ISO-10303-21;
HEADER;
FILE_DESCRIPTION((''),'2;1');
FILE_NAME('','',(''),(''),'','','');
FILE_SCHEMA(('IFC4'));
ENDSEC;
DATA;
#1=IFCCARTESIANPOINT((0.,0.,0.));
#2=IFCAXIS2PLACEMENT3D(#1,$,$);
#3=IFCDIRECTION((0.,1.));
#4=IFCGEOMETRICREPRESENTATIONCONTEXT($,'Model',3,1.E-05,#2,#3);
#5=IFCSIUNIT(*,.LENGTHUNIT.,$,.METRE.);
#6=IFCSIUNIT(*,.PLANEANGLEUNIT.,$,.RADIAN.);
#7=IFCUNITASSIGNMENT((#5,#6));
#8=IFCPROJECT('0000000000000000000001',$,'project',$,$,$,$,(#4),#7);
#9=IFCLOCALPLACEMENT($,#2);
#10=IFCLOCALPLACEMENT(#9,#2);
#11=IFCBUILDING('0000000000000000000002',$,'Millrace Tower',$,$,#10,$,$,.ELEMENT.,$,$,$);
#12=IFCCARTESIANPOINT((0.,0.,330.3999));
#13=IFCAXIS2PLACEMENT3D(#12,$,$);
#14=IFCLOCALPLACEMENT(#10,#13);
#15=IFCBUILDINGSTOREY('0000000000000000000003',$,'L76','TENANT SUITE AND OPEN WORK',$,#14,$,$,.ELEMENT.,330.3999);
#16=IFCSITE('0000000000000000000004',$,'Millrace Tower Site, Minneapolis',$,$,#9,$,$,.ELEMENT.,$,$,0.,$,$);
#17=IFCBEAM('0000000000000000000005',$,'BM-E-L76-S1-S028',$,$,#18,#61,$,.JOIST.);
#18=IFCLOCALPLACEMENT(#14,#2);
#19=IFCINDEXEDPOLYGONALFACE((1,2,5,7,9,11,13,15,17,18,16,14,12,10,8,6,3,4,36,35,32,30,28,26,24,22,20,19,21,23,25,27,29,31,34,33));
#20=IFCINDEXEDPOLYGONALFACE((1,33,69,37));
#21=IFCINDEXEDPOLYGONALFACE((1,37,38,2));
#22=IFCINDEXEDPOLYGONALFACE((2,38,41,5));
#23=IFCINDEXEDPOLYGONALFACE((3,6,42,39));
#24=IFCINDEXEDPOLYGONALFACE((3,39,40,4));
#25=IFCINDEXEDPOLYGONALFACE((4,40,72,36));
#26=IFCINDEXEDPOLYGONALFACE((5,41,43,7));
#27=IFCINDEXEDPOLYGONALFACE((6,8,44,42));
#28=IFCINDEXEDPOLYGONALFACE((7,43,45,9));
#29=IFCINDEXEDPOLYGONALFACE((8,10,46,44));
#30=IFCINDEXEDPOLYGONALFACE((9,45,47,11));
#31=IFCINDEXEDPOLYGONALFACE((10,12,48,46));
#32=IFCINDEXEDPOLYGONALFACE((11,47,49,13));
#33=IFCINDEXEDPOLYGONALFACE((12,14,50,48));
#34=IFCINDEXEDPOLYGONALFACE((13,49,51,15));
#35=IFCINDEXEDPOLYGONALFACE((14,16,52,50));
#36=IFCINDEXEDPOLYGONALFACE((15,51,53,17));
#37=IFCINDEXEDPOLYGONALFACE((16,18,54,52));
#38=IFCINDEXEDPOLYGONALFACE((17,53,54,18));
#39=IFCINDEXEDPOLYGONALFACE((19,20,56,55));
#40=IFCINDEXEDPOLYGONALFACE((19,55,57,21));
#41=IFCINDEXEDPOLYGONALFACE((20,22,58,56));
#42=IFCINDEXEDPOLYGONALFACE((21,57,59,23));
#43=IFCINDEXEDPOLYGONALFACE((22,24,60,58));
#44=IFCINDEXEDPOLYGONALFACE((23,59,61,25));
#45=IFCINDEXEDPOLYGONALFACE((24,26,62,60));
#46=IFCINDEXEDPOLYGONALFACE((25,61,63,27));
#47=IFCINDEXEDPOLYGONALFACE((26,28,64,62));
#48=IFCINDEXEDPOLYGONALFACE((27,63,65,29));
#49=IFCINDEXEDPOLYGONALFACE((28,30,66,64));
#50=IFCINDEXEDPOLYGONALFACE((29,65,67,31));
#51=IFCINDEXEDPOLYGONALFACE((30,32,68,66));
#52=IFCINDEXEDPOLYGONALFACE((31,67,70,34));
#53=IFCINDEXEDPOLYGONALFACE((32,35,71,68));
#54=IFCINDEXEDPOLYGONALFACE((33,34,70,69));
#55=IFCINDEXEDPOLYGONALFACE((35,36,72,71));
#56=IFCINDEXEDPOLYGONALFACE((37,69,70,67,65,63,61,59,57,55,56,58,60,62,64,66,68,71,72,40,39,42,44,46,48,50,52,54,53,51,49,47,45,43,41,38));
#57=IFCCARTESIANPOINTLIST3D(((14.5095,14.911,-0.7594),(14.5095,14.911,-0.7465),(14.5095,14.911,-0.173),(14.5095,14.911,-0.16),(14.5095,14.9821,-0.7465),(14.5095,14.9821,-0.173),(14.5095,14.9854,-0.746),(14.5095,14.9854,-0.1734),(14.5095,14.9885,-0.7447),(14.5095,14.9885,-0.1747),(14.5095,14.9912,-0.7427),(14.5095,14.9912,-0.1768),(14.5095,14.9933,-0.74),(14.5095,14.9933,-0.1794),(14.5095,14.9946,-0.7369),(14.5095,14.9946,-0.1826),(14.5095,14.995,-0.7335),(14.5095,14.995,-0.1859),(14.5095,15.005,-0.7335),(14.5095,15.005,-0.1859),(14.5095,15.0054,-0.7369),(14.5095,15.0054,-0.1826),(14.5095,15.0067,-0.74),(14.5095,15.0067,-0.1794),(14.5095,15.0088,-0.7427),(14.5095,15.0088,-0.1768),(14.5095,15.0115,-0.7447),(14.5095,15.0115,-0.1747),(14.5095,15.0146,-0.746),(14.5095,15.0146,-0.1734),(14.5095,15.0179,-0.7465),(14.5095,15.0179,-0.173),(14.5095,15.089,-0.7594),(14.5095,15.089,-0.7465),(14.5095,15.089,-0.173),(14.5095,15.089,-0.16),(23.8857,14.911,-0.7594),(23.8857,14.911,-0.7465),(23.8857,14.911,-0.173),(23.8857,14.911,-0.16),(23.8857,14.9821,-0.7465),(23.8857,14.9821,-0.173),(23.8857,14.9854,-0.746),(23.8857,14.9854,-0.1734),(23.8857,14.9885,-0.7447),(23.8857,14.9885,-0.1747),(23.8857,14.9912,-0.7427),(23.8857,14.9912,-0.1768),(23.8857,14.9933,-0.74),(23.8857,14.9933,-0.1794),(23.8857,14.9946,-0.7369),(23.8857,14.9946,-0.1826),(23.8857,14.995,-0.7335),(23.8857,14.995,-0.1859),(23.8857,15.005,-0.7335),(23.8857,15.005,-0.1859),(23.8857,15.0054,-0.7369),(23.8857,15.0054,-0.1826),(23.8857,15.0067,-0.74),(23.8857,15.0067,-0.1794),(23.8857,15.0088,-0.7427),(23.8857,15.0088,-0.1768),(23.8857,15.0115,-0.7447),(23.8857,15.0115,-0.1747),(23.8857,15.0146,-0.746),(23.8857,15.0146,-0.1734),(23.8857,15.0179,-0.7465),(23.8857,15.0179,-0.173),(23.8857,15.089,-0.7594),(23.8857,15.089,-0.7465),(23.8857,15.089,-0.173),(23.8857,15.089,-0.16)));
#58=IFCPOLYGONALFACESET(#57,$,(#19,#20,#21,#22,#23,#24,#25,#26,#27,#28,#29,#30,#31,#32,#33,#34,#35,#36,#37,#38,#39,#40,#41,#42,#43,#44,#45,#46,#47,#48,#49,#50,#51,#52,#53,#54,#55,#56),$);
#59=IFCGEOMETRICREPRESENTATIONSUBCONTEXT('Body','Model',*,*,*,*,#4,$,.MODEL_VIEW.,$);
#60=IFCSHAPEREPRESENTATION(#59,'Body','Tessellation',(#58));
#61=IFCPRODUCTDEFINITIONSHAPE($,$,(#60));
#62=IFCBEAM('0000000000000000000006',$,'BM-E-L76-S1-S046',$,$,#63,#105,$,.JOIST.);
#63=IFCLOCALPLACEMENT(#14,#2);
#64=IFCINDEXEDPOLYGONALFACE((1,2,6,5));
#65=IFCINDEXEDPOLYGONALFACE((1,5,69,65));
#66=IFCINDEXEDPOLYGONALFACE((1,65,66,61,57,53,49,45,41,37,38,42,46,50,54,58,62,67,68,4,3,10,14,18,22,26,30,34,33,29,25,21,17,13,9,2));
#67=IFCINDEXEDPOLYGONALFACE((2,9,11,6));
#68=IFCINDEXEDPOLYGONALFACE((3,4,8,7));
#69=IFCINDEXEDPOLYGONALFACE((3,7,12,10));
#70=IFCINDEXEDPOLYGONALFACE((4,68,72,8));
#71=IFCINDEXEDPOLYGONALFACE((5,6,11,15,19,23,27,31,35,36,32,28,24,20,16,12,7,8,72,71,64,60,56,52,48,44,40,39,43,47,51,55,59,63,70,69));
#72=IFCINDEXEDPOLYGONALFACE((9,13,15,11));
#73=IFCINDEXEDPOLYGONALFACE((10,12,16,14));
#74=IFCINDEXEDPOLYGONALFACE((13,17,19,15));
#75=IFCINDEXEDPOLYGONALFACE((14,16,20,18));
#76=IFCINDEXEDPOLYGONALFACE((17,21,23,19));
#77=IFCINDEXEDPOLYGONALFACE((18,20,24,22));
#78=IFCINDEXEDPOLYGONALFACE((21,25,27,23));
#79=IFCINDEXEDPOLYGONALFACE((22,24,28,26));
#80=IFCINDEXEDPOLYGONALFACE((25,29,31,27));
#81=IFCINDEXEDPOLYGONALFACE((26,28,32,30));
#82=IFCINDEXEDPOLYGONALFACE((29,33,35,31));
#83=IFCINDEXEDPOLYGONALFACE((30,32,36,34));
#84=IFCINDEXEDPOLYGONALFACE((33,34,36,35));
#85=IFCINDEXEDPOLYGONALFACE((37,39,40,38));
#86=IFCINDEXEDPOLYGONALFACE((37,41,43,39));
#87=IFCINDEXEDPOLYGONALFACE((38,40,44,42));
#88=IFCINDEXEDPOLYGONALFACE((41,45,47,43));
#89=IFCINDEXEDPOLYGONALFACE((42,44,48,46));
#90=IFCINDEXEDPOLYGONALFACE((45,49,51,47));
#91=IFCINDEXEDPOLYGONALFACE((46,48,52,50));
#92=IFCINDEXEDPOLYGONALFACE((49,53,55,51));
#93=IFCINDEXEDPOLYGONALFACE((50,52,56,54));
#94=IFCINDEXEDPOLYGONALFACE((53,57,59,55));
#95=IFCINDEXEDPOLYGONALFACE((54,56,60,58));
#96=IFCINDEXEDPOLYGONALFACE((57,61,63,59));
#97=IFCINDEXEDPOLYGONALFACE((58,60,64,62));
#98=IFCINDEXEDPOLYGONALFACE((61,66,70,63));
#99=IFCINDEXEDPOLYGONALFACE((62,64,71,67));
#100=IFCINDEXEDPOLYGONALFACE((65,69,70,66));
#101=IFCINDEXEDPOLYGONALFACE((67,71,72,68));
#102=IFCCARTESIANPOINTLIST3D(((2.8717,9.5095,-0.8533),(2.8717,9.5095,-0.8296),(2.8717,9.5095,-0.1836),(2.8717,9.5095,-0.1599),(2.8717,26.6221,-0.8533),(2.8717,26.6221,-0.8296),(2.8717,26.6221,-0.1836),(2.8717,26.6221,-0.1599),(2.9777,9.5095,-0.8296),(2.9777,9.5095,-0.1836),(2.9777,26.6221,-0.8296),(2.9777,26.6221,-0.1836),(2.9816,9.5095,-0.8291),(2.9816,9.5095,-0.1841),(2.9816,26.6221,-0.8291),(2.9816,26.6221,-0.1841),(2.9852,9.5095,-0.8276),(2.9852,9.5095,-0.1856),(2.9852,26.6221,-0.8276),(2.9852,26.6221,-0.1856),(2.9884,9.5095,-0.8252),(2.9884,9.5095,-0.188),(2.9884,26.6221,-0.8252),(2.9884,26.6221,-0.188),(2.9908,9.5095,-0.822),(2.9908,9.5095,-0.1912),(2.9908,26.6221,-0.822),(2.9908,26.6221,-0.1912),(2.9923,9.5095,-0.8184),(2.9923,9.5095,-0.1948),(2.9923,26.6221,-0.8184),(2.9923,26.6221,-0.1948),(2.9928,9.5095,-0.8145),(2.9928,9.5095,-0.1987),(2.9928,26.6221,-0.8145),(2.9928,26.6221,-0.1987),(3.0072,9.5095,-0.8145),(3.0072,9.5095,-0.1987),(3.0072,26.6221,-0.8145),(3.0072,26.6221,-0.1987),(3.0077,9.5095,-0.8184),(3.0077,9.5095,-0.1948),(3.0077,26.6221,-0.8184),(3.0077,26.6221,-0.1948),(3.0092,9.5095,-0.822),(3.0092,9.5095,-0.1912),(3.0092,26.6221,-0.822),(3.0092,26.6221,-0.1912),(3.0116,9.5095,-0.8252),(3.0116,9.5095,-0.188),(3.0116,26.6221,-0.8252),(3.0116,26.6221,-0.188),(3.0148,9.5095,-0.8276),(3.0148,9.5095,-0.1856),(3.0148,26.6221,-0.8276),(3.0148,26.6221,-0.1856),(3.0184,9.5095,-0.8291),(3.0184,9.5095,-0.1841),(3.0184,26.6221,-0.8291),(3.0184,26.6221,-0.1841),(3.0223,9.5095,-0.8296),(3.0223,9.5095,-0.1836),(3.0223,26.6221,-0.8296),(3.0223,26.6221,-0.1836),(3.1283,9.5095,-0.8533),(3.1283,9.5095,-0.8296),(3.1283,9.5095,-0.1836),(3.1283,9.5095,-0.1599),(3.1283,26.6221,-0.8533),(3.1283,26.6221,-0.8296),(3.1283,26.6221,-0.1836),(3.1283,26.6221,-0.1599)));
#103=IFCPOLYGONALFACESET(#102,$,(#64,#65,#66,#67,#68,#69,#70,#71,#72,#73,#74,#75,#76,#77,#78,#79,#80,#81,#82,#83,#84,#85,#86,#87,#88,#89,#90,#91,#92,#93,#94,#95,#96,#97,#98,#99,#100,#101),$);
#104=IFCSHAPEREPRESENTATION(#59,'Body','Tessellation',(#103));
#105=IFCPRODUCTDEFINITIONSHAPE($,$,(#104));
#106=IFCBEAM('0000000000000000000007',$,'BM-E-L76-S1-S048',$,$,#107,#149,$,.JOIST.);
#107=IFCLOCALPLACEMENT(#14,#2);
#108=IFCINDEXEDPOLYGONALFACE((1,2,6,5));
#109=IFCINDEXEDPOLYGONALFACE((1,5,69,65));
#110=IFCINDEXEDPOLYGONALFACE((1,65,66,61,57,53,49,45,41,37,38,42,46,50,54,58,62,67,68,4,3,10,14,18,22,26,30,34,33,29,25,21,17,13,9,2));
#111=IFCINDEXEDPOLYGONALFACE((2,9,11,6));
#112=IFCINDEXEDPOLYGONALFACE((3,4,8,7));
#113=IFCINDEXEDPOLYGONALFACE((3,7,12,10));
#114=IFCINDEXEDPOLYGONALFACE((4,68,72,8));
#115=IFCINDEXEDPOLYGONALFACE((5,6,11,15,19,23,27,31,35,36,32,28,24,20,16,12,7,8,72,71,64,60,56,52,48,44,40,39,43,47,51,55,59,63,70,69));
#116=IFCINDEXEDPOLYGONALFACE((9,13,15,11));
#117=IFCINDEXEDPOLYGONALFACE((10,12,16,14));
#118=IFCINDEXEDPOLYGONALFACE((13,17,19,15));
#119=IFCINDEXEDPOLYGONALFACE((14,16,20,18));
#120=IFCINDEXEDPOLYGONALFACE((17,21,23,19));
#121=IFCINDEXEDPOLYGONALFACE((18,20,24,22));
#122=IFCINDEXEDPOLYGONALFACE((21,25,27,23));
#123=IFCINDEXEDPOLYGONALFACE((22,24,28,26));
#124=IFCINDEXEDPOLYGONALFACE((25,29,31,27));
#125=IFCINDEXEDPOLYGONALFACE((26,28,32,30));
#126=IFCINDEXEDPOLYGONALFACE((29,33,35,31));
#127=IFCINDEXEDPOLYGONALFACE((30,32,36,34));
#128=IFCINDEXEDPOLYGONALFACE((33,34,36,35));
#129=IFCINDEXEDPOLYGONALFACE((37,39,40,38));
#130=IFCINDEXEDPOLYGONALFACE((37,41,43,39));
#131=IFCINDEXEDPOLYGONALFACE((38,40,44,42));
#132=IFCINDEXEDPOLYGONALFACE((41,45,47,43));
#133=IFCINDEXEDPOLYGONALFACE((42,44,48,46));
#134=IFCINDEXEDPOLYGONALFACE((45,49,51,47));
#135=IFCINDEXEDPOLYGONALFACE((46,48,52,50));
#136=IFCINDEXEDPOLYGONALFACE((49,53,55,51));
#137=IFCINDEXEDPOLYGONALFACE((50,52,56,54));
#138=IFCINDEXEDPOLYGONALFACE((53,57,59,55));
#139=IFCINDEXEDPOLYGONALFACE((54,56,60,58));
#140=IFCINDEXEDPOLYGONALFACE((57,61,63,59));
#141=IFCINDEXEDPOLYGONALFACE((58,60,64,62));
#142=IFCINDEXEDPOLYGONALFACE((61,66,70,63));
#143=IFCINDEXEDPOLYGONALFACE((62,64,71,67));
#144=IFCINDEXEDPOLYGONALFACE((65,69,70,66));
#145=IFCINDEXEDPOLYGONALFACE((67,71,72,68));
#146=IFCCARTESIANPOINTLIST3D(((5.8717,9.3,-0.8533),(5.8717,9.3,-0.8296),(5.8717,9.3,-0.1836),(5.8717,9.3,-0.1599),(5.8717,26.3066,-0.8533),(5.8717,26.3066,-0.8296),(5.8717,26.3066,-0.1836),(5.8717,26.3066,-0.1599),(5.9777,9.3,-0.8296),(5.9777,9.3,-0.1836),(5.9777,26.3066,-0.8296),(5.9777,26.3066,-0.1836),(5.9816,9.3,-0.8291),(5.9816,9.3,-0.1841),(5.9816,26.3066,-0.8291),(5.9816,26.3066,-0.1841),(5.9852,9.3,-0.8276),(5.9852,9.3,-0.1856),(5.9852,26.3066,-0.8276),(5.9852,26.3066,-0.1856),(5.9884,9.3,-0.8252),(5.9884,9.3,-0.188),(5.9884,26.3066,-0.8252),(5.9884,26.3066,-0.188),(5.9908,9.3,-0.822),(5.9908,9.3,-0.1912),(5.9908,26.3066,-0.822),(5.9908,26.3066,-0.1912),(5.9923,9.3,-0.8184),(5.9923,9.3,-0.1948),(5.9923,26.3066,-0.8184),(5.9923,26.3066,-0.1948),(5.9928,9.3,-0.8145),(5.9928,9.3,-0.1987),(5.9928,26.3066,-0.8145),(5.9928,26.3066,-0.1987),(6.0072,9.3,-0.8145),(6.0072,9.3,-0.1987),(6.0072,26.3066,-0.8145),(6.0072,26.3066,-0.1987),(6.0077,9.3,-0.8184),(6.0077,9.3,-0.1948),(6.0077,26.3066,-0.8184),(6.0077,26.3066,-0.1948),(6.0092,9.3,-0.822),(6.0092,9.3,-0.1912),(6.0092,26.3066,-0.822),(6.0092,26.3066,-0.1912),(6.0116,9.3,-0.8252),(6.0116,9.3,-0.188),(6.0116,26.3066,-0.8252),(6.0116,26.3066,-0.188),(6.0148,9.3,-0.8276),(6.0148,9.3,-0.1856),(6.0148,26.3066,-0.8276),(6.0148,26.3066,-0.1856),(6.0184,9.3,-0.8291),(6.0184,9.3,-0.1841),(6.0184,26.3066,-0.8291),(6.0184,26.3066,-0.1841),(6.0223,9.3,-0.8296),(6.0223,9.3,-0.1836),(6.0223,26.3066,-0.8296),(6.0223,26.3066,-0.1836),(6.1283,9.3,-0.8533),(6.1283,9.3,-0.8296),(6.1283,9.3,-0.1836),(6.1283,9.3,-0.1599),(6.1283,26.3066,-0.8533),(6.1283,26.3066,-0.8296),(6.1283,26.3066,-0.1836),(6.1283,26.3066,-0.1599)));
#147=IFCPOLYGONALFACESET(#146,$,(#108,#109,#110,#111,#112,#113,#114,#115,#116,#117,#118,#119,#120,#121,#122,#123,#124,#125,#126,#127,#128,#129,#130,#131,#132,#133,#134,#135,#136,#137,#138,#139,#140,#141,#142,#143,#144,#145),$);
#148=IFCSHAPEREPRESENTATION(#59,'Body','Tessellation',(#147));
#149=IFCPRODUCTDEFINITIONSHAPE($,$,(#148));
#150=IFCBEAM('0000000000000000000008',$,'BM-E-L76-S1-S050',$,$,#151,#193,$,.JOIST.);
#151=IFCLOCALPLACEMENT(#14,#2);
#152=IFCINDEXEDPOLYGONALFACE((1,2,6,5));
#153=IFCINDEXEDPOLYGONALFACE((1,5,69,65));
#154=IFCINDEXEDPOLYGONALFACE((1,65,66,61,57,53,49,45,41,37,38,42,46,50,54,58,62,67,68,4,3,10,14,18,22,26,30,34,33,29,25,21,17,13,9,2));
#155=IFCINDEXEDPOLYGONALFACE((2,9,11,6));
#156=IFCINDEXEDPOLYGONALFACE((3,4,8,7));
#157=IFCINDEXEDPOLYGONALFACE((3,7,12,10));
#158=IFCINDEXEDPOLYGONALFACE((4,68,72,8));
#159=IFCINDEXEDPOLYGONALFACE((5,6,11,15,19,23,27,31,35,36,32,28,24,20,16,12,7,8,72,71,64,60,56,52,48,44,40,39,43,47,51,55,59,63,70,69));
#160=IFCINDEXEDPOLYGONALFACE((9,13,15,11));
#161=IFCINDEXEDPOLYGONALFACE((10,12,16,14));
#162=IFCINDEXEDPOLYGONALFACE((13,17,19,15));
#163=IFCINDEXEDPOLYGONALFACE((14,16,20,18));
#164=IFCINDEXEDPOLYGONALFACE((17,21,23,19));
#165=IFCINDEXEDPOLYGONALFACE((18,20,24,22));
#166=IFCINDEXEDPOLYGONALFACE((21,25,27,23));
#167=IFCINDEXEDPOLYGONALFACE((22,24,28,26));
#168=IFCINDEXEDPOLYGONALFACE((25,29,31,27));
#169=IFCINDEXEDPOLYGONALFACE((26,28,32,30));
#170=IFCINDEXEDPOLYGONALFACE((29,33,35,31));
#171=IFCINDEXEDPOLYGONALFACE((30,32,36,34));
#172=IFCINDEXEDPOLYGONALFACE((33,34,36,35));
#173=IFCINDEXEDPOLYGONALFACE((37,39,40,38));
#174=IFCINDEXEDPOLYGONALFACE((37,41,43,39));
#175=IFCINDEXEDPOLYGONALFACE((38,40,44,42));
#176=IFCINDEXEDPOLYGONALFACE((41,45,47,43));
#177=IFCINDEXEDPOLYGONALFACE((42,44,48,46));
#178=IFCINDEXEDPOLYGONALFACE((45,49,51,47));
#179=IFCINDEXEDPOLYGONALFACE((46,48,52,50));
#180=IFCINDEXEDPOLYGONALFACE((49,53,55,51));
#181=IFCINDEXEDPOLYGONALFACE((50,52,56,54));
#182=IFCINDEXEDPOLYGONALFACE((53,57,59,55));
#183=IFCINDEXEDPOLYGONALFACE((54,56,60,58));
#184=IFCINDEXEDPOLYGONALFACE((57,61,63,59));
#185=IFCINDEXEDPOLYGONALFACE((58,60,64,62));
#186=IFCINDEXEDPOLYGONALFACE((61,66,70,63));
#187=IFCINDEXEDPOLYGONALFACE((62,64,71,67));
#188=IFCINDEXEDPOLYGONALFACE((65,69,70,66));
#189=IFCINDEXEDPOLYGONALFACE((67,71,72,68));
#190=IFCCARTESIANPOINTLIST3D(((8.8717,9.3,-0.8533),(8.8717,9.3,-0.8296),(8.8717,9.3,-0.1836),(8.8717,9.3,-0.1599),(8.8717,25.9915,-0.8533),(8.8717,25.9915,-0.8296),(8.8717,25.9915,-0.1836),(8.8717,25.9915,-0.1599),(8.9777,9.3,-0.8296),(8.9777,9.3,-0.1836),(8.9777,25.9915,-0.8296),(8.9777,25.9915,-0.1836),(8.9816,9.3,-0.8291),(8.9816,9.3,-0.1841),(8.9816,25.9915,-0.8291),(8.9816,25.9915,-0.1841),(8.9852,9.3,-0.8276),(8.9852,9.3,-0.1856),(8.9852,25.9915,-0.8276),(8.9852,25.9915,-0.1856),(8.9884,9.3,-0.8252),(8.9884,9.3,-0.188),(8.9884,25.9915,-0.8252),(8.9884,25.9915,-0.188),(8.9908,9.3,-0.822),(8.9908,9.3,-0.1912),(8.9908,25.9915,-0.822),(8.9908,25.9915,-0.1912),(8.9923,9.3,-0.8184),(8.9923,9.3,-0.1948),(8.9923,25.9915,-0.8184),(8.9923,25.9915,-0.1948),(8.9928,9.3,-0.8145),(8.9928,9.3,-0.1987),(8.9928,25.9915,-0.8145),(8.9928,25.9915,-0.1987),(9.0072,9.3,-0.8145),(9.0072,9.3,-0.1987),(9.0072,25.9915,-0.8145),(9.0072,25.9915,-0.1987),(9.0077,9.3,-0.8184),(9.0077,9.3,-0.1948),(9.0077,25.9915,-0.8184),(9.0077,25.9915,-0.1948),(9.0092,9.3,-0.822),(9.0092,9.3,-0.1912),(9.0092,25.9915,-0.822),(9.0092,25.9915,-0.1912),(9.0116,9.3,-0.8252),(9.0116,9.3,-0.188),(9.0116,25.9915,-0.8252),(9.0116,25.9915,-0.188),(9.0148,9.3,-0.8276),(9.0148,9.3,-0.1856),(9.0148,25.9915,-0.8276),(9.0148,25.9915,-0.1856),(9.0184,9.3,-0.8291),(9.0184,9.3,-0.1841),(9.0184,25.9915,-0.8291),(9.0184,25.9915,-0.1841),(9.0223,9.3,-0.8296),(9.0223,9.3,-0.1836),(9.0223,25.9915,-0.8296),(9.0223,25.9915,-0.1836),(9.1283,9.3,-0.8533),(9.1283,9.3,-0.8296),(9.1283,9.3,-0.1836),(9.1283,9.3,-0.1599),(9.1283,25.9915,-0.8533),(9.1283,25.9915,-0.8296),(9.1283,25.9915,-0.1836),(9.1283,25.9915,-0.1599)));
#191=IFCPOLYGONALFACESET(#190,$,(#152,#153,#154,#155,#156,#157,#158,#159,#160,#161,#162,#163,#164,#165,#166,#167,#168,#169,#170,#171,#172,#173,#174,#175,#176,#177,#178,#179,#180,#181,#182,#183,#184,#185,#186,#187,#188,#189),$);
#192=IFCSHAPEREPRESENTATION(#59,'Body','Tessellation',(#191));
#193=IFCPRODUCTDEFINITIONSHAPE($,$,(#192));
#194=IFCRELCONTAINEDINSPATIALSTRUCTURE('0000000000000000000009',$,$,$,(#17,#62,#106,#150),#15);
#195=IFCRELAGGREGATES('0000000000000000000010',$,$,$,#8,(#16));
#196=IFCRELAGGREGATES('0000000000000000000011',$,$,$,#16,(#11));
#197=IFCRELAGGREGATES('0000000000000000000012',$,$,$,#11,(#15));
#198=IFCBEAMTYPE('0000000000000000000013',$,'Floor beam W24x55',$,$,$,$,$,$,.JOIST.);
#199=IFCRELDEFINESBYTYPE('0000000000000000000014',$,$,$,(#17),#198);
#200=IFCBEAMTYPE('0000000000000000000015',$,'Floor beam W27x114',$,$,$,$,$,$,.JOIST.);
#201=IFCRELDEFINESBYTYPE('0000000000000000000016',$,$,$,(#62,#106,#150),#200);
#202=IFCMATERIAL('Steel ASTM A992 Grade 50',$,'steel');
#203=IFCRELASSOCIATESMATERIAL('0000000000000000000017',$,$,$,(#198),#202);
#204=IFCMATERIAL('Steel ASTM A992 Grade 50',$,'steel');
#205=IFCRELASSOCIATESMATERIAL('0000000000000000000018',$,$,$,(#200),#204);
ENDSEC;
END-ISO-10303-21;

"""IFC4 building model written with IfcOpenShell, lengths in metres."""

from ifc_helpers import new_model, si_unit, direction, frame, origin, origin_2d, place, context, subcontext, project, spatial, i_section, extrude, material, material_profile, profile_set, type_object, element, save


model = new_model("IFC4")

# Units and contexts
model_context = context("Model", 3, precision=1e-05, world=origin(), true_north=direction((0.0, 1.0)))
body_context = subcontext(model_context, "Body", "Model", "MODEL_VIEW")
ifc_project = project(units=[si_unit("LENGTHUNIT", "METRE"), si_unit("PLANEANGLEUNIT", "RADIAN")], contexts=[model_context])

# Site, building, storey
site_placement = place(None, origin())
site = spatial("IfcSite", under=ifc_project, at=site_placement, Name="Millrace Tower Site, Minneapolis", CompositionType="ELEMENT", RefElevation=0.0)
building_placement = place(site_placement, origin())
building = spatial("IfcBuilding", under=site, at=building_placement, Name="Millrace Tower", CompositionType="ELEMENT")
storey_placement = place(building_placement, frame((0.0, 0.0, 330.3999)))
storey = spatial("IfcBuildingStorey", under=building, at=storey_placement, Name="L76", Description="TENANT SUITE AND OPEN WORK", CompositionType="ELEMENT", Elevation=330.3999)

# Beams
ifc_material_1 = material(Name="Steel ASTM A992 Grade 50", Category="steel")
ifc_material_profile_1 = material_profile(ifc_material_1, i_section(OverallWidth=0.178, OverallDepth=0.5994, WebThickness=0.01, FlangeThickness=0.0129, FilletRadius=0.0129, at=origin_2d()))
ifc_profile_set_1 = profile_set([ifc_material_profile_1], Name="Steel ASTM A992 Grade 50")
beam_type_1 = type_object("IfcBeamType", Name="Floor beam W24x55", PredefinedType="JOIST", material=ifc_profile_set_1)
beam_1_placement = place(storey_placement, frame((14.5095, 15.0, -0.4597), z_axis=(1.0, 0.0, 0.0), x_axis=(0.0, 1.0, 0.0)))
element("IfcBeam", 1, at=beam_1_placement, inside=storey, type_object=beam_type_1, Name="BM-E-L76-S1-S028", PredefinedType="JOIST", context=body_context, shape_type="SweptSolid", body=[
    extrude(i_section(OverallWidth=0.178, OverallDepth=0.5994, WebThickness=0.01, FlangeThickness=0.0129, FilletRadius=0.0129, at=origin_2d()), origin(), (0.0, 0.0, 1.0), 9.3762),
])
ifc_material_2 = material(Name="Steel ASTM A992 Grade 50", Category="steel")
ifc_material_profile_2 = material_profile(ifc_material_2, i_section(OverallWidth=0.2566, OverallDepth=0.6934, WebThickness=0.0144, FlangeThickness=0.0237, FilletRadius=0.0151, at=origin_2d()))
ifc_profile_set_2 = profile_set([ifc_material_profile_2], Name="Steel ASTM A992 Grade 50")
beam_type_2 = type_object("IfcBeamType", Name="Floor beam W27x114", PredefinedType="JOIST", material=ifc_profile_set_2)
beam_2_placement = place(storey_placement, frame((3.0, 9.5095, -0.5066), z_axis=(0.0, 1.0, 0.0), x_axis=(-1.0, 0.0, 0.0)))
element("IfcBeam", 2, at=beam_2_placement, inside=storey, type_object=beam_type_2, Name="BM-E-L76-S1-S046", PredefinedType="JOIST", context=body_context, shape_type="SweptSolid", body=[
    extrude(i_section(OverallWidth=0.2566, OverallDepth=0.6934, WebThickness=0.0144, FlangeThickness=0.0237, FilletRadius=0.0151, at=origin_2d()), origin(), (0.0, 0.0, 1.0), 17.1125),
])
beam_3_placement = place(storey_placement, frame((6.0, 9.3, -0.5066), z_axis=(0.0, 1.0, 0.0), x_axis=(-1.0, 0.0, 0.0)))
element("IfcBeam", 3, at=beam_3_placement, inside=storey, type_object=beam_type_2, Name="BM-E-L76-S1-S048", PredefinedType="JOIST", context=body_context, shape_type="SweptSolid", body=[
    extrude(i_section(OverallWidth=0.2566, OverallDepth=0.6934, WebThickness=0.0144, FlangeThickness=0.0237, FilletRadius=0.0151, at=origin_2d()), origin(), (0.0, 0.0, 1.0), 17.0066),
])
beam_4_placement = place(storey_placement, frame((9.0, 9.3, -0.5066), z_axis=(0.0, 1.0, 0.0), x_axis=(-1.0, 0.0, 0.0)))
element("IfcBeam", 4, at=beam_4_placement, inside=storey, type_object=beam_type_2, Name="BM-E-L76-S1-S050", PredefinedType="JOIST", context=body_context, shape_type="SweptSolid", body=[
    extrude(i_section(OverallWidth=0.2566, OverallDepth=0.6934, WebThickness=0.0144, FlangeThickness=0.0237, FilletRadius=0.0151, at=origin_2d()), origin(), (0.0, 0.0, 1.0), 16.6914),
])

save(model, "model.ifc")
